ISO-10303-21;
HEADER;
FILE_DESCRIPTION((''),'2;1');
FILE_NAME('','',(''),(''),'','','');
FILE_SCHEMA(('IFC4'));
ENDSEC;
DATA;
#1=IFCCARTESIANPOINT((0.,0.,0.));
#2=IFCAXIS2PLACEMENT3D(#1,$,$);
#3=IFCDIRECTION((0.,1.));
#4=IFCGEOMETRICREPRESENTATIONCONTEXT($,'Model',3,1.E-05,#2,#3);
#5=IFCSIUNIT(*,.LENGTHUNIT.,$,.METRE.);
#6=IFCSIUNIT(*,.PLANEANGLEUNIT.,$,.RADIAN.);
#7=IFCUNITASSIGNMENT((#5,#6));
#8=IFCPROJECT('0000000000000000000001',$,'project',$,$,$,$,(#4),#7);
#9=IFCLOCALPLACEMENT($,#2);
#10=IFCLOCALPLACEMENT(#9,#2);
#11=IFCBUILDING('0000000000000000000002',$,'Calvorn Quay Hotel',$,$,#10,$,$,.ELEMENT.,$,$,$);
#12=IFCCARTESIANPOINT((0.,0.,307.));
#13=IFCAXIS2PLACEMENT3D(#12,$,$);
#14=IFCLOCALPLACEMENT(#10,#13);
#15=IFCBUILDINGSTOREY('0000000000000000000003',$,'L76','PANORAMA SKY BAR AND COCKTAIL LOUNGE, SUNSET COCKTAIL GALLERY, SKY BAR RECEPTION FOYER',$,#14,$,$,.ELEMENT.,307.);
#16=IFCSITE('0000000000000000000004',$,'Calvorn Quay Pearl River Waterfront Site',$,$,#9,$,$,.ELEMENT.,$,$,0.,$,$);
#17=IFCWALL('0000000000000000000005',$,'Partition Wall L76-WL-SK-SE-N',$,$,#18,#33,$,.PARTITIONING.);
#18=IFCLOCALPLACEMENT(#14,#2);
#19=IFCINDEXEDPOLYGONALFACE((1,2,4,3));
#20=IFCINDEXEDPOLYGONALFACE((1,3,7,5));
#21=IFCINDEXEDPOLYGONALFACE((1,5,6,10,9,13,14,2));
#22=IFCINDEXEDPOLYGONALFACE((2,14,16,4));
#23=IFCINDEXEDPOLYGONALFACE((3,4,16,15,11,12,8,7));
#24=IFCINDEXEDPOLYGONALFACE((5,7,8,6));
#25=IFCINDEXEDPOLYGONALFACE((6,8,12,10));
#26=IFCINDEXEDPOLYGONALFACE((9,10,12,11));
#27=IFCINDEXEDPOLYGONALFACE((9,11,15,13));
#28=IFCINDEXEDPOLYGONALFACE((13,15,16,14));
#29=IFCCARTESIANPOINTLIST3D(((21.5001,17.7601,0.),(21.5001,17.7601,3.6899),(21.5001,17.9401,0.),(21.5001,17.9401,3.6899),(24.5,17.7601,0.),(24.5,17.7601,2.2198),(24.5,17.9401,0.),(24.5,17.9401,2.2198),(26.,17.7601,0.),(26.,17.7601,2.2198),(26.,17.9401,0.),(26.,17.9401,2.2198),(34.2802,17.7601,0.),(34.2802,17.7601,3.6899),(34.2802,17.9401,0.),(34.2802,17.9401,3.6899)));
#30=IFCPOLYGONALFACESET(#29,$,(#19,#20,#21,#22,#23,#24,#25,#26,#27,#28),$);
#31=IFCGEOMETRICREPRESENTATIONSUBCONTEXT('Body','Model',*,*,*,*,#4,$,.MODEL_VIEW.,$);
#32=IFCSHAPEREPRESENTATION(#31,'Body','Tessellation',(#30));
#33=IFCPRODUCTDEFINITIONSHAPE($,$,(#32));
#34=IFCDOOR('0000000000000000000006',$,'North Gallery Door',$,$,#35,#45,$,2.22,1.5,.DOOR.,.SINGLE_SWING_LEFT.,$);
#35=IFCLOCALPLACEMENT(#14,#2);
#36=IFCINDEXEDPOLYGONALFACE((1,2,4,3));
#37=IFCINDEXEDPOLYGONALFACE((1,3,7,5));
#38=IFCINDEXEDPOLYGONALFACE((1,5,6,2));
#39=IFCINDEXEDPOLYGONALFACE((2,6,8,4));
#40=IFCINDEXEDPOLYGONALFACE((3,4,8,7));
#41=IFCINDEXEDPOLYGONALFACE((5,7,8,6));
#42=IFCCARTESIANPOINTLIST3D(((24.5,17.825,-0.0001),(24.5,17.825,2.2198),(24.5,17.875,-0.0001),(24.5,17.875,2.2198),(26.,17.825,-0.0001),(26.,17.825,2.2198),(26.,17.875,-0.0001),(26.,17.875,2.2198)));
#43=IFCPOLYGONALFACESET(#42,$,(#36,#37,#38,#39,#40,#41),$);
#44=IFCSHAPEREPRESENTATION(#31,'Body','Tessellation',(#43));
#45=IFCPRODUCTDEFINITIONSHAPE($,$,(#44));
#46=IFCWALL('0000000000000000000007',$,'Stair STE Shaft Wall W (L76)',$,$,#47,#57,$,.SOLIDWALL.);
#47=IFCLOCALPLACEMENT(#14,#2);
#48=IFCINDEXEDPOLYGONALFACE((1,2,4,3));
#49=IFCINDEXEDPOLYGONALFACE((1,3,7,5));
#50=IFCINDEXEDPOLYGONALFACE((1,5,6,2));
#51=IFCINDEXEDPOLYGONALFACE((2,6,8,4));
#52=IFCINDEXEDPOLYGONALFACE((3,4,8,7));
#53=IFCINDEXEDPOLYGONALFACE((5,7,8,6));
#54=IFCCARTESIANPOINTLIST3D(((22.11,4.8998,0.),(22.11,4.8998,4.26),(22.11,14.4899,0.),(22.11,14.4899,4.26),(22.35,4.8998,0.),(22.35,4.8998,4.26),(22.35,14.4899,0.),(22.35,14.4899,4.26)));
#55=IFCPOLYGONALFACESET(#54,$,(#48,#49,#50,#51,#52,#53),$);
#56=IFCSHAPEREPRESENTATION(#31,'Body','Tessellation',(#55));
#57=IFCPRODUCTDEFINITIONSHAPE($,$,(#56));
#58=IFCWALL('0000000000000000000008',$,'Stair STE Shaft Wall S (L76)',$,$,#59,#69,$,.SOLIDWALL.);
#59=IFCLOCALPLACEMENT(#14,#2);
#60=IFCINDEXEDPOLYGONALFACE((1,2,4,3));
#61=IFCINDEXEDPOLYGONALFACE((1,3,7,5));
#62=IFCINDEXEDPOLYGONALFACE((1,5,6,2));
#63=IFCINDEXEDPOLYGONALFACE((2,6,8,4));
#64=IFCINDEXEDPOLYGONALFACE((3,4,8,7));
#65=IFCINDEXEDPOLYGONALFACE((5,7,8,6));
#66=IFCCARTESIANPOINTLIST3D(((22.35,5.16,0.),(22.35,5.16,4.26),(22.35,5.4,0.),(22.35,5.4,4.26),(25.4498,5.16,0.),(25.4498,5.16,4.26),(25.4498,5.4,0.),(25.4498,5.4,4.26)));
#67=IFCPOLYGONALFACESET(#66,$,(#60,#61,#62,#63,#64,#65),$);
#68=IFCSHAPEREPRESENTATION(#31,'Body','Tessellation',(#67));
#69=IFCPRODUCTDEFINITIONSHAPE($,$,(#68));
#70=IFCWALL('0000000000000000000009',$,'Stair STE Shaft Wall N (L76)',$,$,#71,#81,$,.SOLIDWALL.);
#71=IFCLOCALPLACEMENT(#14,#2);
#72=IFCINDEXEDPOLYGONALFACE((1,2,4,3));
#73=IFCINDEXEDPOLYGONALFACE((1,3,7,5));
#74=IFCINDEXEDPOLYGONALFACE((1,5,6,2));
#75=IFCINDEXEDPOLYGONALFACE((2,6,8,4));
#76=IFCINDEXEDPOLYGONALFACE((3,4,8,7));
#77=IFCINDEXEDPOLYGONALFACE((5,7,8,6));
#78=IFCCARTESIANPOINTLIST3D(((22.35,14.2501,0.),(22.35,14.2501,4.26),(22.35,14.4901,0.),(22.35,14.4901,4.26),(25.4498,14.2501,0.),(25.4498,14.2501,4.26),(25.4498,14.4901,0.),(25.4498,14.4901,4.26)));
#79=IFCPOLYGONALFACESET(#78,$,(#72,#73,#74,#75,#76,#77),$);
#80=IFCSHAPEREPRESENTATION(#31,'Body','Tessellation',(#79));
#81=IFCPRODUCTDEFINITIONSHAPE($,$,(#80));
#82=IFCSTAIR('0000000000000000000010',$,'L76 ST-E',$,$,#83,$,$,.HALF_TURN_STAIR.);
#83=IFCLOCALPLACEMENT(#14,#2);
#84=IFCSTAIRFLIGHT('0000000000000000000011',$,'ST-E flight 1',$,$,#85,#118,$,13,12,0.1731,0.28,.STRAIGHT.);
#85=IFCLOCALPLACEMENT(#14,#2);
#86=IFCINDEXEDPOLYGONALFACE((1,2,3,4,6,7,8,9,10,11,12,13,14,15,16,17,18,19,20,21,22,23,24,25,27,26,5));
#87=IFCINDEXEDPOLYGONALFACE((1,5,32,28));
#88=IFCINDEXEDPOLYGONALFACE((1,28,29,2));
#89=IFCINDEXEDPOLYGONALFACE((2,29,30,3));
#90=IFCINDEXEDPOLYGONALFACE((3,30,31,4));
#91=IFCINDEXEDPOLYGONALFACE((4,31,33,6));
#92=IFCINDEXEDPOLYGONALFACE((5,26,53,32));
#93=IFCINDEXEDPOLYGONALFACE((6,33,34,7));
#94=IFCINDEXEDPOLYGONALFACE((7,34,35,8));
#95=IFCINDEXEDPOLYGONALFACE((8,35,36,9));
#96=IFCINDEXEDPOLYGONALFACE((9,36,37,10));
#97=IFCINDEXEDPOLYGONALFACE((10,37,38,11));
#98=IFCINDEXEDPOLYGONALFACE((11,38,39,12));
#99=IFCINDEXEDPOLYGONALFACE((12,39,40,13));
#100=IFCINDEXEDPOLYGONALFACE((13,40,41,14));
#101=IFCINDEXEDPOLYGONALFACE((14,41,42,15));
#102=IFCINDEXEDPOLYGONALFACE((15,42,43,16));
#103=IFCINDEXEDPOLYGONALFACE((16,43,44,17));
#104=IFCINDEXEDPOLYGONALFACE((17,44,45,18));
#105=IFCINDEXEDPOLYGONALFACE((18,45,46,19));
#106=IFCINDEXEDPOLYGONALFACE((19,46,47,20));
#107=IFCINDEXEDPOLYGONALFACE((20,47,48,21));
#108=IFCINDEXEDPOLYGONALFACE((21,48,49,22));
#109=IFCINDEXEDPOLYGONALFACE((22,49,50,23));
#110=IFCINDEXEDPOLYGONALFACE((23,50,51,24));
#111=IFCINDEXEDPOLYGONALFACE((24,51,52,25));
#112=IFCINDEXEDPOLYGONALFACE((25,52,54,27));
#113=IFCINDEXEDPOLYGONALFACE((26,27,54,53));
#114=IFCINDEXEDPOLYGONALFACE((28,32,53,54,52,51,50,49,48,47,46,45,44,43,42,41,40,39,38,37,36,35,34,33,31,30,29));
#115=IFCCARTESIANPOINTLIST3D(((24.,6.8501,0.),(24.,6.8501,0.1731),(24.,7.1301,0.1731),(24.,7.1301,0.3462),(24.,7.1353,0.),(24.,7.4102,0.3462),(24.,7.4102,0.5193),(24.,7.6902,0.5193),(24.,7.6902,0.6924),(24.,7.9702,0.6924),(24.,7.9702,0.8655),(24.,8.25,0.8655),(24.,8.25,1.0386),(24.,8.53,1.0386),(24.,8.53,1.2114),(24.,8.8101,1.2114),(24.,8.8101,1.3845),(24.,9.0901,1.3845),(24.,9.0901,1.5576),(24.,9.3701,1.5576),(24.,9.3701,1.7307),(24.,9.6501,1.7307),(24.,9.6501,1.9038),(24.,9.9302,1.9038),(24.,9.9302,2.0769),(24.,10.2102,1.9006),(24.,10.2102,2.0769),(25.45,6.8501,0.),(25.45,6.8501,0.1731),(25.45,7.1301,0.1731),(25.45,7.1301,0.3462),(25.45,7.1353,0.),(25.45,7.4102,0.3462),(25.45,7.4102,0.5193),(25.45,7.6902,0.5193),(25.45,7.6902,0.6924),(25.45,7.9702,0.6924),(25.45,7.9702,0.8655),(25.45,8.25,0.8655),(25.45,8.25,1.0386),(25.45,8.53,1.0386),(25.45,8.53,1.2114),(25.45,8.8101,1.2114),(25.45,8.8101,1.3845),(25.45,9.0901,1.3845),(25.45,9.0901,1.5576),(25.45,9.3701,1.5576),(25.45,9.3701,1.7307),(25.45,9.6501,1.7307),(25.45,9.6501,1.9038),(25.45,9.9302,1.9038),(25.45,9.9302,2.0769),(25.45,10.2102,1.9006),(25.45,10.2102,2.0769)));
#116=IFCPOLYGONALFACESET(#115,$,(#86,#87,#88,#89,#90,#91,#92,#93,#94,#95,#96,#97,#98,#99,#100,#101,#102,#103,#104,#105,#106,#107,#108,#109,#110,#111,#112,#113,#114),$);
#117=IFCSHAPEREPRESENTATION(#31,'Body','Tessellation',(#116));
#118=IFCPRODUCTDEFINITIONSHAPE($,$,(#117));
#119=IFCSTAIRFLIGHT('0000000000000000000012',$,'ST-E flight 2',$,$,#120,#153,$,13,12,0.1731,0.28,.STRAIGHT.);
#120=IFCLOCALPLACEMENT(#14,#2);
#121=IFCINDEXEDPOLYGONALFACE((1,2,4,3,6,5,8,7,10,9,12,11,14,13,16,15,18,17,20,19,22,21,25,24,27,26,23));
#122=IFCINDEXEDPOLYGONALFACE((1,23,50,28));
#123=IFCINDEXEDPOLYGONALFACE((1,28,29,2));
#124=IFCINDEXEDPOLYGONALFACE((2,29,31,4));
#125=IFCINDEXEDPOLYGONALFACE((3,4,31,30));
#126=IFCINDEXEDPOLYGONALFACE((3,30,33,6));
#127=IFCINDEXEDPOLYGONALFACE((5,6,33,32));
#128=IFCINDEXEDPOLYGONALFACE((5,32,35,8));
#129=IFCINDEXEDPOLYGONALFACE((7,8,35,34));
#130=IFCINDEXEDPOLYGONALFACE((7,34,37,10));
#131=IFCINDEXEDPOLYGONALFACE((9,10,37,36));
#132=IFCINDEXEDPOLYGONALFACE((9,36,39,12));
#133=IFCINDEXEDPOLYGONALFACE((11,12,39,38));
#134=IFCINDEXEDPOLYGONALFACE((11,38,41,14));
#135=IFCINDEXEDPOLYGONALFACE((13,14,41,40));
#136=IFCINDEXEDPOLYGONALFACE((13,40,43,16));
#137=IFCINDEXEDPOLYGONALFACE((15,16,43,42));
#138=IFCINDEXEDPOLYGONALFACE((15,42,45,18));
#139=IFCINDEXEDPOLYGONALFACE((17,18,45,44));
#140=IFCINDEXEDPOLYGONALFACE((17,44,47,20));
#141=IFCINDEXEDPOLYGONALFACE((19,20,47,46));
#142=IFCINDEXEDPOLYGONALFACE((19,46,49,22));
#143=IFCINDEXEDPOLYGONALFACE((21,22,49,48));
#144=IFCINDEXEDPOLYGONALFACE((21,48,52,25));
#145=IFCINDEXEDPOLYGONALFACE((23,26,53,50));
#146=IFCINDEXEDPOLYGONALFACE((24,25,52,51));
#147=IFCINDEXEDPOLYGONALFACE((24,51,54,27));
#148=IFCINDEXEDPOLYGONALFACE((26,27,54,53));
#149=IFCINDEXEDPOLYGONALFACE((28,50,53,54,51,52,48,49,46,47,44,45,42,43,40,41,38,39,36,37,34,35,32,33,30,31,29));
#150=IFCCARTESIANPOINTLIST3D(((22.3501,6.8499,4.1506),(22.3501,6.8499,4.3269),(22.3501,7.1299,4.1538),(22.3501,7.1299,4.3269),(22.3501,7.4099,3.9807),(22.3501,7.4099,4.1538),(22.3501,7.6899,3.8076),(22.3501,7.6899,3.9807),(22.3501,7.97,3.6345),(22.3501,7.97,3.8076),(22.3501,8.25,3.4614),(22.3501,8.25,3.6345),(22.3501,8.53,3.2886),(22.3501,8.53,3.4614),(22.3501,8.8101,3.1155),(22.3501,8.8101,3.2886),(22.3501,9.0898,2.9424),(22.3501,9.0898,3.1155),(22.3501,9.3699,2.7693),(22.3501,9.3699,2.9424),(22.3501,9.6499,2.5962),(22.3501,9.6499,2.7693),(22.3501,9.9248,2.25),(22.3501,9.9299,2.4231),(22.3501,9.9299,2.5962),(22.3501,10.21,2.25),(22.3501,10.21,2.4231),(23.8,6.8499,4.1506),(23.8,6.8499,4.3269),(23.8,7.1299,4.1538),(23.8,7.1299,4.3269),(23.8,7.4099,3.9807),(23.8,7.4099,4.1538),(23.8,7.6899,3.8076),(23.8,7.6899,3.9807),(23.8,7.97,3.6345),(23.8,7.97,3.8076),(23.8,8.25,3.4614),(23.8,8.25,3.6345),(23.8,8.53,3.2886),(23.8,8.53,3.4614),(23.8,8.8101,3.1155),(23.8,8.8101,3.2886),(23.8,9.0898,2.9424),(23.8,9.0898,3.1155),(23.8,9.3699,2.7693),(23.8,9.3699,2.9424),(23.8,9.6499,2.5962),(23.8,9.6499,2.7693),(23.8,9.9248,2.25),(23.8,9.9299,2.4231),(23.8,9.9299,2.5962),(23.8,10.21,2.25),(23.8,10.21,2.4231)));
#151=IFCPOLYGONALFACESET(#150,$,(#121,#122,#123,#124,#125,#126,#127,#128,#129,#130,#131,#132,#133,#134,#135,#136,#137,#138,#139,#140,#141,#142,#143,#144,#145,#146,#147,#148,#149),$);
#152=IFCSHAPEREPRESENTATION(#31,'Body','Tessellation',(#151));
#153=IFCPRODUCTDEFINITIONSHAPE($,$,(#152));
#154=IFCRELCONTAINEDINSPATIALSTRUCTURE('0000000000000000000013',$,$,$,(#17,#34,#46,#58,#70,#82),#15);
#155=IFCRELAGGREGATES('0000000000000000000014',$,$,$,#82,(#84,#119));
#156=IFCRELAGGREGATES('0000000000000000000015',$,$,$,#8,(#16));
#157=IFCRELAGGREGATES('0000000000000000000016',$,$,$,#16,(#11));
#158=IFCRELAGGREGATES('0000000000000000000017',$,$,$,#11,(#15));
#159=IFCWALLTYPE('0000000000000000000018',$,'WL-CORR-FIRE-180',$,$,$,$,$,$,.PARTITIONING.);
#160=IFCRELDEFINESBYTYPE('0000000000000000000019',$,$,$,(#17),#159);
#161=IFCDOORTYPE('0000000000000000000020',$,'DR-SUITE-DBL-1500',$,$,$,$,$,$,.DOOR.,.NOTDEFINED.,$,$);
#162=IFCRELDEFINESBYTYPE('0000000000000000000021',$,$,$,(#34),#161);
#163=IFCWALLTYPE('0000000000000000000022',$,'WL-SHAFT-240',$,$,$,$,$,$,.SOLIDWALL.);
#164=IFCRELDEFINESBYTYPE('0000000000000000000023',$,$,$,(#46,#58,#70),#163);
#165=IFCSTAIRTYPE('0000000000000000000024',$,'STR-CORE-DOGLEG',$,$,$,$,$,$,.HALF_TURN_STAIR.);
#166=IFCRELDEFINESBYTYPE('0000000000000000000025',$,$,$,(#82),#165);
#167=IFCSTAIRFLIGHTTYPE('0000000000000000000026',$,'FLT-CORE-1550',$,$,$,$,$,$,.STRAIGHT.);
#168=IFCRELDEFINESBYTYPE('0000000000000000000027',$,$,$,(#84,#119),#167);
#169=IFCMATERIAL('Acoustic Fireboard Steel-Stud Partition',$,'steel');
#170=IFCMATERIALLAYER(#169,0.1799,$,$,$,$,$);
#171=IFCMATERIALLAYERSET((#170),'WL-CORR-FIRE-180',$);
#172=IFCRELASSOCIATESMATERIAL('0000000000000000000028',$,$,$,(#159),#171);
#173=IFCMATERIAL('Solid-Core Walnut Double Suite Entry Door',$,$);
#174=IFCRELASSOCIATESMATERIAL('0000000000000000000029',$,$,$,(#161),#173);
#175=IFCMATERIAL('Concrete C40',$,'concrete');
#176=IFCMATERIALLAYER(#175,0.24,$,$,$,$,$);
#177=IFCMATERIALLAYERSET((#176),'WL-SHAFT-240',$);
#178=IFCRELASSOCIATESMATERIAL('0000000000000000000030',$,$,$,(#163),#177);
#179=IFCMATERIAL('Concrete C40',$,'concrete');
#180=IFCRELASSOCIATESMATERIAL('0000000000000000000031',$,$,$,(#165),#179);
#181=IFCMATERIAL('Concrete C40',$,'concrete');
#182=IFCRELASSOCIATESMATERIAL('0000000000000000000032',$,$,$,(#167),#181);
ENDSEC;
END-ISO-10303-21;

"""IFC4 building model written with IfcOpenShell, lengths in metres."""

from ifc_helpers import new_model, si_unit, direction, frame, frame_2d, origin, place, context, subcontext, project, spatial, polyline, rectangle, outline, extrude, material, layer, layer_set, type_object, element, fill, aggregate, save


model = new_model("IFC4")

# Units and contexts
model_context = context("Model", 3, precision=1e-05, world=origin(), true_north=direction((0.0, 1.0)))
body_context = subcontext(model_context, "Body", "Model", "MODEL_VIEW")
ifc_project = project(units=[si_unit("LENGTHUNIT", "METRE"), si_unit("PLANEANGLEUNIT", "RADIAN")], contexts=[model_context])

# Site, building, storey
site_placement = place(None, origin())
site = spatial("IfcSite", under=ifc_project, at=site_placement, Name="Calvorn Quay Pearl River Waterfront Site", CompositionType="ELEMENT", RefElevation=0.0)
building_placement = place(site_placement, origin())
building = spatial("IfcBuilding", under=site, at=building_placement, Name="Calvorn Quay Hotel", CompositionType="ELEMENT")
storey_placement = place(building_placement, frame((0.0, 0.0, 307.0)))
storey = spatial("IfcBuildingStorey", under=building, at=storey_placement, Name="L76", Description="PANORAMA SKY BAR AND COCKTAIL LOUNGE, SUNSET COCKTAIL GALLERY, SKY BAR RECEPTION FOYER", CompositionType="ELEMENT", Elevation=307.0)

# Wall, opening, door
ifc_material_1 = material(Name="Acoustic Fireboard Steel-Stud Partition", Category="steel")
ifc_layer_1 = layer(ifc_material_1, 0.1799)
ifc_layer_set_1 = layer_set([ifc_layer_1], Name="WL-CORR-FIRE-180")
wall_type_1 = type_object("IfcWallType", Name="WL-CORR-FIRE-180", PredefinedType="PARTITIONING", material=ifc_layer_set_1)
ifc_material_2 = material(Name="Solid-Core Walnut Double Suite Entry Door")
door_type_1 = type_object("IfcDoorType", Name="DR-SUITE-DBL-1500", OperationType="NOTDEFINED", PredefinedType="DOOR", material=ifc_material_2)
wall_1_placement = place(storey_placement, frame((21.5, 17.8501, 0.0), z_axis=(0.0, 0.0, 1.0), x_axis=(1.0, 0.0, 0.0)))
wall_1 = element("IfcWall", 1, at=wall_1_placement, inside=storey, type_object=wall_type_1, Name="Partition Wall L76-WL-SK-SE-N", PredefinedType="PARTITIONING", context=body_context, shape_type="SweptSolid", body=[
    extrude(rectangle(XDim=12.78, YDim=0.1799, at=frame_2d((6.3901, 0.0))), origin(), (0.0, 0.0, 1.0), 3.6899),
])
opening_1_placement = place(wall_1_placement, frame((3.0, 0.0, 0.0)))
opening_1 = element("IfcOpeningElement", 2, at=opening_1_placement, cuts=wall_1, PredefinedType="OPENING", context=body_context, shape_type="SweptSolid", body=[
    extrude(rectangle(XDim=1.5, YDim=2.22, at=frame_2d((0.75, 1.1099))), frame((0.0, 0.0999, 0.0), z_axis=(0.0, -1.0, 0.0), x_axis=(1.0, 0.0, 0.0)), (0.0, 0.0, 1.0), 0.2),
])
door_1_placement = place(opening_1_placement, origin())
door_1 = element("IfcDoor", 3, at=door_1_placement, inside=storey, type_object=door_type_1, Name="North Gallery Door", OperationType="SINGLE_SWING_LEFT", OverallHeight=2.22, OverallWidth=1.5, PredefinedType="DOOR", context=body_context, shape_type="SweptSolid", body=[
    extrude(rectangle(XDim=1.5, YDim=2.22, at=frame_2d((0.75, 1.1099))), frame((0.0, 0.0249, 0.0), z_axis=(0.0, -1.0, 0.0), x_axis=(1.0, 0.0, 0.0)), (0.0, 0.0, 1.0), 0.05),
])
fill(opening_1, door_1)

# Walls
ifc_material_3 = material(Name="Concrete C40", Category="concrete")
ifc_layer_2 = layer(ifc_material_3, 0.24)
ifc_layer_set_2 = layer_set([ifc_layer_2], Name="WL-SHAFT-240")
wall_type_2 = type_object("IfcWallType", Name="WL-SHAFT-240", PredefinedType="SOLIDWALL", material=ifc_layer_set_2)
wall_2_placement = place(storey_placement, frame((22.23, 4.8999, 0.0), z_axis=(0.0, 0.0, 1.0), x_axis=(0.0, 1.0, 0.0)))
element("IfcWall", 4, at=wall_2_placement, inside=storey, type_object=wall_type_2, Name="Stair STE Shaft Wall W (L76)", PredefinedType="SOLIDWALL", context=body_context, shape_type="SweptSolid", body=[
    extrude(rectangle(XDim=9.5901, YDim=0.24, at=frame_2d((4.7949, 0.0))), origin(), (0.0, 0.0, 1.0), 4.26),
])
for number, where, z_axis, x_axis, name in (
    (5, (22.3501, 5.28, 0.0), (0.0, 0.0, 1.0), (1.0, 0.0, 0.0), "Stair STE Shaft Wall S (L76)"),
    (6, (22.3501, 14.3701, 0.0), (0.0, 0.0, 1.0), (1.0, 0.0, 0.0), "Stair STE Shaft Wall N (L76)"),
):
    element("IfcWall", number, at=place(storey_placement, frame(where, z_axis=z_axis, x_axis=x_axis)), inside=storey, type_object=wall_type_2, Name=name, PredefinedType="SOLIDWALL", context=body_context, shape_type="SweptSolid", body=[
        extrude(rectangle(XDim=3.0999, YDim=0.24, at=frame_2d((1.5498, 0.0))), origin(), (0.0, 0.0, 1.0), 4.26),
    ])

# Stair, stair flights
ifc_material_4 = material(Name="Concrete C40", Category="concrete")
stair_type = type_object("IfcStairType", Name="STR-CORE-DOGLEG", PredefinedType="HALF_TURN_STAIR", material=ifc_material_4)
stair_placement = place(storey_placement, origin())
stair = element("IfcStair", 7, at=stair_placement, inside=storey, type_object=stair_type, Name="L76 ST-E", PredefinedType="HALF_TURN_STAIR")
ifc_material_5 = material(Name="Concrete C40", Category="concrete")
stair_flight_type = type_object("IfcStairFlightType", Name="FLT-CORE-1550", PredefinedType="STRAIGHT", material=ifc_material_5)
stair_flight_1_placement = place(storey_placement, frame((24.7251, 6.8501, 0.0), z_axis=(0.0, 0.0, 1.0), x_axis=(0.0, 1.0, 0.0)))
stair_flight_1 = element("IfcStairFlight", 8, at=stair_flight_1_placement, type_object=stair_flight_type, Name="ST-E flight 1", NumberOfRisers=13, NumberOfTreads=12, PredefinedType="STRAIGHT", RiserHeight=0.1731, TreadLength=0.28, context=body_context, shape_type="SweptSolid", body=[
    extrude(outline(polyline([(0.0, 0.0), (0.0, 0.1731), (0.28, 0.1731), (0.28, 0.3462), (0.5601, 0.3462), (0.5601, 0.5193), (0.8401, 0.5193), (0.8401, 0.6924), (1.1201, 0.6924), (1.1201, 0.8655), (1.3999, 0.8655), (1.3999, 1.0386), (1.6799, 1.0386), (1.6799, 1.2114), (1.96, 1.2114), (1.96, 1.3845), (2.24, 1.3845), (2.24, 1.5576), (2.52, 1.5576), (2.52, 1.7307), (2.8, 1.7307), (2.8, 1.9038), (3.0801, 1.9038), (3.0801, 2.0769), (3.3601, 2.0769), (3.3601, 2.25), (3.3601, 1.9006), (0.2852, 0.0), (0.0, 0.0)])), frame((0.0, 0.7251, 0.0), z_axis=(0.0, -1.0, 0.0), x_axis=(1.0, 0.0, 0.0)), (0.0, 0.0, 1.0), 1.45),
])
stair_flight_2_placement = place(storey_placement, frame((23.075, 10.21, 2.25), z_axis=(0.0, 0.0, 1.0), x_axis=(0.0, -1.0, 0.0)))
stair_flight_2 = element("IfcStairFlight", 9, at=stair_flight_2_placement, type_object=stair_flight_type, Name="ST-E flight 2", NumberOfRisers=13, NumberOfTreads=12, PredefinedType="STRAIGHT", RiserHeight=0.1731, TreadLength=0.28, context=body_context, shape_type="SweptSolid", body=[
    extrude(outline(polyline([(0.0, 0.0), (0.0, 0.1731), (0.28, 0.1731), (0.28, 0.3462), (0.5601, 0.3462), (0.5601, 0.5193), (0.8401, 0.5193), (0.8401, 0.6924), (1.1201, 0.6924), (1.1201, 0.8655), (1.3999, 0.8655), (1.3999, 1.0386), (1.6799, 1.0386), (1.6799, 1.2114), (1.96, 1.2114), (1.96, 1.3845), (2.24, 1.3845), (2.24, 1.5576), (2.52, 1.5576), (2.52, 1.7307), (2.8, 1.7307), (2.8, 1.9038), (3.0801, 1.9038), (3.0801, 2.0769), (3.3601, 2.0769), (3.3601, 2.25), (3.3601, 1.9006), (0.2852, 0.0), (0.0, 0.0)])), frame((0.0, 0.7251, 0.0), z_axis=(0.0, -1.0, 0.0), x_axis=(1.0, 0.0, 0.0)), (0.0, 0.0, 1.0), 1.45),
])
aggregate(stair, [stair_flight_1, stair_flight_2])

save(model, "model.ifc")
